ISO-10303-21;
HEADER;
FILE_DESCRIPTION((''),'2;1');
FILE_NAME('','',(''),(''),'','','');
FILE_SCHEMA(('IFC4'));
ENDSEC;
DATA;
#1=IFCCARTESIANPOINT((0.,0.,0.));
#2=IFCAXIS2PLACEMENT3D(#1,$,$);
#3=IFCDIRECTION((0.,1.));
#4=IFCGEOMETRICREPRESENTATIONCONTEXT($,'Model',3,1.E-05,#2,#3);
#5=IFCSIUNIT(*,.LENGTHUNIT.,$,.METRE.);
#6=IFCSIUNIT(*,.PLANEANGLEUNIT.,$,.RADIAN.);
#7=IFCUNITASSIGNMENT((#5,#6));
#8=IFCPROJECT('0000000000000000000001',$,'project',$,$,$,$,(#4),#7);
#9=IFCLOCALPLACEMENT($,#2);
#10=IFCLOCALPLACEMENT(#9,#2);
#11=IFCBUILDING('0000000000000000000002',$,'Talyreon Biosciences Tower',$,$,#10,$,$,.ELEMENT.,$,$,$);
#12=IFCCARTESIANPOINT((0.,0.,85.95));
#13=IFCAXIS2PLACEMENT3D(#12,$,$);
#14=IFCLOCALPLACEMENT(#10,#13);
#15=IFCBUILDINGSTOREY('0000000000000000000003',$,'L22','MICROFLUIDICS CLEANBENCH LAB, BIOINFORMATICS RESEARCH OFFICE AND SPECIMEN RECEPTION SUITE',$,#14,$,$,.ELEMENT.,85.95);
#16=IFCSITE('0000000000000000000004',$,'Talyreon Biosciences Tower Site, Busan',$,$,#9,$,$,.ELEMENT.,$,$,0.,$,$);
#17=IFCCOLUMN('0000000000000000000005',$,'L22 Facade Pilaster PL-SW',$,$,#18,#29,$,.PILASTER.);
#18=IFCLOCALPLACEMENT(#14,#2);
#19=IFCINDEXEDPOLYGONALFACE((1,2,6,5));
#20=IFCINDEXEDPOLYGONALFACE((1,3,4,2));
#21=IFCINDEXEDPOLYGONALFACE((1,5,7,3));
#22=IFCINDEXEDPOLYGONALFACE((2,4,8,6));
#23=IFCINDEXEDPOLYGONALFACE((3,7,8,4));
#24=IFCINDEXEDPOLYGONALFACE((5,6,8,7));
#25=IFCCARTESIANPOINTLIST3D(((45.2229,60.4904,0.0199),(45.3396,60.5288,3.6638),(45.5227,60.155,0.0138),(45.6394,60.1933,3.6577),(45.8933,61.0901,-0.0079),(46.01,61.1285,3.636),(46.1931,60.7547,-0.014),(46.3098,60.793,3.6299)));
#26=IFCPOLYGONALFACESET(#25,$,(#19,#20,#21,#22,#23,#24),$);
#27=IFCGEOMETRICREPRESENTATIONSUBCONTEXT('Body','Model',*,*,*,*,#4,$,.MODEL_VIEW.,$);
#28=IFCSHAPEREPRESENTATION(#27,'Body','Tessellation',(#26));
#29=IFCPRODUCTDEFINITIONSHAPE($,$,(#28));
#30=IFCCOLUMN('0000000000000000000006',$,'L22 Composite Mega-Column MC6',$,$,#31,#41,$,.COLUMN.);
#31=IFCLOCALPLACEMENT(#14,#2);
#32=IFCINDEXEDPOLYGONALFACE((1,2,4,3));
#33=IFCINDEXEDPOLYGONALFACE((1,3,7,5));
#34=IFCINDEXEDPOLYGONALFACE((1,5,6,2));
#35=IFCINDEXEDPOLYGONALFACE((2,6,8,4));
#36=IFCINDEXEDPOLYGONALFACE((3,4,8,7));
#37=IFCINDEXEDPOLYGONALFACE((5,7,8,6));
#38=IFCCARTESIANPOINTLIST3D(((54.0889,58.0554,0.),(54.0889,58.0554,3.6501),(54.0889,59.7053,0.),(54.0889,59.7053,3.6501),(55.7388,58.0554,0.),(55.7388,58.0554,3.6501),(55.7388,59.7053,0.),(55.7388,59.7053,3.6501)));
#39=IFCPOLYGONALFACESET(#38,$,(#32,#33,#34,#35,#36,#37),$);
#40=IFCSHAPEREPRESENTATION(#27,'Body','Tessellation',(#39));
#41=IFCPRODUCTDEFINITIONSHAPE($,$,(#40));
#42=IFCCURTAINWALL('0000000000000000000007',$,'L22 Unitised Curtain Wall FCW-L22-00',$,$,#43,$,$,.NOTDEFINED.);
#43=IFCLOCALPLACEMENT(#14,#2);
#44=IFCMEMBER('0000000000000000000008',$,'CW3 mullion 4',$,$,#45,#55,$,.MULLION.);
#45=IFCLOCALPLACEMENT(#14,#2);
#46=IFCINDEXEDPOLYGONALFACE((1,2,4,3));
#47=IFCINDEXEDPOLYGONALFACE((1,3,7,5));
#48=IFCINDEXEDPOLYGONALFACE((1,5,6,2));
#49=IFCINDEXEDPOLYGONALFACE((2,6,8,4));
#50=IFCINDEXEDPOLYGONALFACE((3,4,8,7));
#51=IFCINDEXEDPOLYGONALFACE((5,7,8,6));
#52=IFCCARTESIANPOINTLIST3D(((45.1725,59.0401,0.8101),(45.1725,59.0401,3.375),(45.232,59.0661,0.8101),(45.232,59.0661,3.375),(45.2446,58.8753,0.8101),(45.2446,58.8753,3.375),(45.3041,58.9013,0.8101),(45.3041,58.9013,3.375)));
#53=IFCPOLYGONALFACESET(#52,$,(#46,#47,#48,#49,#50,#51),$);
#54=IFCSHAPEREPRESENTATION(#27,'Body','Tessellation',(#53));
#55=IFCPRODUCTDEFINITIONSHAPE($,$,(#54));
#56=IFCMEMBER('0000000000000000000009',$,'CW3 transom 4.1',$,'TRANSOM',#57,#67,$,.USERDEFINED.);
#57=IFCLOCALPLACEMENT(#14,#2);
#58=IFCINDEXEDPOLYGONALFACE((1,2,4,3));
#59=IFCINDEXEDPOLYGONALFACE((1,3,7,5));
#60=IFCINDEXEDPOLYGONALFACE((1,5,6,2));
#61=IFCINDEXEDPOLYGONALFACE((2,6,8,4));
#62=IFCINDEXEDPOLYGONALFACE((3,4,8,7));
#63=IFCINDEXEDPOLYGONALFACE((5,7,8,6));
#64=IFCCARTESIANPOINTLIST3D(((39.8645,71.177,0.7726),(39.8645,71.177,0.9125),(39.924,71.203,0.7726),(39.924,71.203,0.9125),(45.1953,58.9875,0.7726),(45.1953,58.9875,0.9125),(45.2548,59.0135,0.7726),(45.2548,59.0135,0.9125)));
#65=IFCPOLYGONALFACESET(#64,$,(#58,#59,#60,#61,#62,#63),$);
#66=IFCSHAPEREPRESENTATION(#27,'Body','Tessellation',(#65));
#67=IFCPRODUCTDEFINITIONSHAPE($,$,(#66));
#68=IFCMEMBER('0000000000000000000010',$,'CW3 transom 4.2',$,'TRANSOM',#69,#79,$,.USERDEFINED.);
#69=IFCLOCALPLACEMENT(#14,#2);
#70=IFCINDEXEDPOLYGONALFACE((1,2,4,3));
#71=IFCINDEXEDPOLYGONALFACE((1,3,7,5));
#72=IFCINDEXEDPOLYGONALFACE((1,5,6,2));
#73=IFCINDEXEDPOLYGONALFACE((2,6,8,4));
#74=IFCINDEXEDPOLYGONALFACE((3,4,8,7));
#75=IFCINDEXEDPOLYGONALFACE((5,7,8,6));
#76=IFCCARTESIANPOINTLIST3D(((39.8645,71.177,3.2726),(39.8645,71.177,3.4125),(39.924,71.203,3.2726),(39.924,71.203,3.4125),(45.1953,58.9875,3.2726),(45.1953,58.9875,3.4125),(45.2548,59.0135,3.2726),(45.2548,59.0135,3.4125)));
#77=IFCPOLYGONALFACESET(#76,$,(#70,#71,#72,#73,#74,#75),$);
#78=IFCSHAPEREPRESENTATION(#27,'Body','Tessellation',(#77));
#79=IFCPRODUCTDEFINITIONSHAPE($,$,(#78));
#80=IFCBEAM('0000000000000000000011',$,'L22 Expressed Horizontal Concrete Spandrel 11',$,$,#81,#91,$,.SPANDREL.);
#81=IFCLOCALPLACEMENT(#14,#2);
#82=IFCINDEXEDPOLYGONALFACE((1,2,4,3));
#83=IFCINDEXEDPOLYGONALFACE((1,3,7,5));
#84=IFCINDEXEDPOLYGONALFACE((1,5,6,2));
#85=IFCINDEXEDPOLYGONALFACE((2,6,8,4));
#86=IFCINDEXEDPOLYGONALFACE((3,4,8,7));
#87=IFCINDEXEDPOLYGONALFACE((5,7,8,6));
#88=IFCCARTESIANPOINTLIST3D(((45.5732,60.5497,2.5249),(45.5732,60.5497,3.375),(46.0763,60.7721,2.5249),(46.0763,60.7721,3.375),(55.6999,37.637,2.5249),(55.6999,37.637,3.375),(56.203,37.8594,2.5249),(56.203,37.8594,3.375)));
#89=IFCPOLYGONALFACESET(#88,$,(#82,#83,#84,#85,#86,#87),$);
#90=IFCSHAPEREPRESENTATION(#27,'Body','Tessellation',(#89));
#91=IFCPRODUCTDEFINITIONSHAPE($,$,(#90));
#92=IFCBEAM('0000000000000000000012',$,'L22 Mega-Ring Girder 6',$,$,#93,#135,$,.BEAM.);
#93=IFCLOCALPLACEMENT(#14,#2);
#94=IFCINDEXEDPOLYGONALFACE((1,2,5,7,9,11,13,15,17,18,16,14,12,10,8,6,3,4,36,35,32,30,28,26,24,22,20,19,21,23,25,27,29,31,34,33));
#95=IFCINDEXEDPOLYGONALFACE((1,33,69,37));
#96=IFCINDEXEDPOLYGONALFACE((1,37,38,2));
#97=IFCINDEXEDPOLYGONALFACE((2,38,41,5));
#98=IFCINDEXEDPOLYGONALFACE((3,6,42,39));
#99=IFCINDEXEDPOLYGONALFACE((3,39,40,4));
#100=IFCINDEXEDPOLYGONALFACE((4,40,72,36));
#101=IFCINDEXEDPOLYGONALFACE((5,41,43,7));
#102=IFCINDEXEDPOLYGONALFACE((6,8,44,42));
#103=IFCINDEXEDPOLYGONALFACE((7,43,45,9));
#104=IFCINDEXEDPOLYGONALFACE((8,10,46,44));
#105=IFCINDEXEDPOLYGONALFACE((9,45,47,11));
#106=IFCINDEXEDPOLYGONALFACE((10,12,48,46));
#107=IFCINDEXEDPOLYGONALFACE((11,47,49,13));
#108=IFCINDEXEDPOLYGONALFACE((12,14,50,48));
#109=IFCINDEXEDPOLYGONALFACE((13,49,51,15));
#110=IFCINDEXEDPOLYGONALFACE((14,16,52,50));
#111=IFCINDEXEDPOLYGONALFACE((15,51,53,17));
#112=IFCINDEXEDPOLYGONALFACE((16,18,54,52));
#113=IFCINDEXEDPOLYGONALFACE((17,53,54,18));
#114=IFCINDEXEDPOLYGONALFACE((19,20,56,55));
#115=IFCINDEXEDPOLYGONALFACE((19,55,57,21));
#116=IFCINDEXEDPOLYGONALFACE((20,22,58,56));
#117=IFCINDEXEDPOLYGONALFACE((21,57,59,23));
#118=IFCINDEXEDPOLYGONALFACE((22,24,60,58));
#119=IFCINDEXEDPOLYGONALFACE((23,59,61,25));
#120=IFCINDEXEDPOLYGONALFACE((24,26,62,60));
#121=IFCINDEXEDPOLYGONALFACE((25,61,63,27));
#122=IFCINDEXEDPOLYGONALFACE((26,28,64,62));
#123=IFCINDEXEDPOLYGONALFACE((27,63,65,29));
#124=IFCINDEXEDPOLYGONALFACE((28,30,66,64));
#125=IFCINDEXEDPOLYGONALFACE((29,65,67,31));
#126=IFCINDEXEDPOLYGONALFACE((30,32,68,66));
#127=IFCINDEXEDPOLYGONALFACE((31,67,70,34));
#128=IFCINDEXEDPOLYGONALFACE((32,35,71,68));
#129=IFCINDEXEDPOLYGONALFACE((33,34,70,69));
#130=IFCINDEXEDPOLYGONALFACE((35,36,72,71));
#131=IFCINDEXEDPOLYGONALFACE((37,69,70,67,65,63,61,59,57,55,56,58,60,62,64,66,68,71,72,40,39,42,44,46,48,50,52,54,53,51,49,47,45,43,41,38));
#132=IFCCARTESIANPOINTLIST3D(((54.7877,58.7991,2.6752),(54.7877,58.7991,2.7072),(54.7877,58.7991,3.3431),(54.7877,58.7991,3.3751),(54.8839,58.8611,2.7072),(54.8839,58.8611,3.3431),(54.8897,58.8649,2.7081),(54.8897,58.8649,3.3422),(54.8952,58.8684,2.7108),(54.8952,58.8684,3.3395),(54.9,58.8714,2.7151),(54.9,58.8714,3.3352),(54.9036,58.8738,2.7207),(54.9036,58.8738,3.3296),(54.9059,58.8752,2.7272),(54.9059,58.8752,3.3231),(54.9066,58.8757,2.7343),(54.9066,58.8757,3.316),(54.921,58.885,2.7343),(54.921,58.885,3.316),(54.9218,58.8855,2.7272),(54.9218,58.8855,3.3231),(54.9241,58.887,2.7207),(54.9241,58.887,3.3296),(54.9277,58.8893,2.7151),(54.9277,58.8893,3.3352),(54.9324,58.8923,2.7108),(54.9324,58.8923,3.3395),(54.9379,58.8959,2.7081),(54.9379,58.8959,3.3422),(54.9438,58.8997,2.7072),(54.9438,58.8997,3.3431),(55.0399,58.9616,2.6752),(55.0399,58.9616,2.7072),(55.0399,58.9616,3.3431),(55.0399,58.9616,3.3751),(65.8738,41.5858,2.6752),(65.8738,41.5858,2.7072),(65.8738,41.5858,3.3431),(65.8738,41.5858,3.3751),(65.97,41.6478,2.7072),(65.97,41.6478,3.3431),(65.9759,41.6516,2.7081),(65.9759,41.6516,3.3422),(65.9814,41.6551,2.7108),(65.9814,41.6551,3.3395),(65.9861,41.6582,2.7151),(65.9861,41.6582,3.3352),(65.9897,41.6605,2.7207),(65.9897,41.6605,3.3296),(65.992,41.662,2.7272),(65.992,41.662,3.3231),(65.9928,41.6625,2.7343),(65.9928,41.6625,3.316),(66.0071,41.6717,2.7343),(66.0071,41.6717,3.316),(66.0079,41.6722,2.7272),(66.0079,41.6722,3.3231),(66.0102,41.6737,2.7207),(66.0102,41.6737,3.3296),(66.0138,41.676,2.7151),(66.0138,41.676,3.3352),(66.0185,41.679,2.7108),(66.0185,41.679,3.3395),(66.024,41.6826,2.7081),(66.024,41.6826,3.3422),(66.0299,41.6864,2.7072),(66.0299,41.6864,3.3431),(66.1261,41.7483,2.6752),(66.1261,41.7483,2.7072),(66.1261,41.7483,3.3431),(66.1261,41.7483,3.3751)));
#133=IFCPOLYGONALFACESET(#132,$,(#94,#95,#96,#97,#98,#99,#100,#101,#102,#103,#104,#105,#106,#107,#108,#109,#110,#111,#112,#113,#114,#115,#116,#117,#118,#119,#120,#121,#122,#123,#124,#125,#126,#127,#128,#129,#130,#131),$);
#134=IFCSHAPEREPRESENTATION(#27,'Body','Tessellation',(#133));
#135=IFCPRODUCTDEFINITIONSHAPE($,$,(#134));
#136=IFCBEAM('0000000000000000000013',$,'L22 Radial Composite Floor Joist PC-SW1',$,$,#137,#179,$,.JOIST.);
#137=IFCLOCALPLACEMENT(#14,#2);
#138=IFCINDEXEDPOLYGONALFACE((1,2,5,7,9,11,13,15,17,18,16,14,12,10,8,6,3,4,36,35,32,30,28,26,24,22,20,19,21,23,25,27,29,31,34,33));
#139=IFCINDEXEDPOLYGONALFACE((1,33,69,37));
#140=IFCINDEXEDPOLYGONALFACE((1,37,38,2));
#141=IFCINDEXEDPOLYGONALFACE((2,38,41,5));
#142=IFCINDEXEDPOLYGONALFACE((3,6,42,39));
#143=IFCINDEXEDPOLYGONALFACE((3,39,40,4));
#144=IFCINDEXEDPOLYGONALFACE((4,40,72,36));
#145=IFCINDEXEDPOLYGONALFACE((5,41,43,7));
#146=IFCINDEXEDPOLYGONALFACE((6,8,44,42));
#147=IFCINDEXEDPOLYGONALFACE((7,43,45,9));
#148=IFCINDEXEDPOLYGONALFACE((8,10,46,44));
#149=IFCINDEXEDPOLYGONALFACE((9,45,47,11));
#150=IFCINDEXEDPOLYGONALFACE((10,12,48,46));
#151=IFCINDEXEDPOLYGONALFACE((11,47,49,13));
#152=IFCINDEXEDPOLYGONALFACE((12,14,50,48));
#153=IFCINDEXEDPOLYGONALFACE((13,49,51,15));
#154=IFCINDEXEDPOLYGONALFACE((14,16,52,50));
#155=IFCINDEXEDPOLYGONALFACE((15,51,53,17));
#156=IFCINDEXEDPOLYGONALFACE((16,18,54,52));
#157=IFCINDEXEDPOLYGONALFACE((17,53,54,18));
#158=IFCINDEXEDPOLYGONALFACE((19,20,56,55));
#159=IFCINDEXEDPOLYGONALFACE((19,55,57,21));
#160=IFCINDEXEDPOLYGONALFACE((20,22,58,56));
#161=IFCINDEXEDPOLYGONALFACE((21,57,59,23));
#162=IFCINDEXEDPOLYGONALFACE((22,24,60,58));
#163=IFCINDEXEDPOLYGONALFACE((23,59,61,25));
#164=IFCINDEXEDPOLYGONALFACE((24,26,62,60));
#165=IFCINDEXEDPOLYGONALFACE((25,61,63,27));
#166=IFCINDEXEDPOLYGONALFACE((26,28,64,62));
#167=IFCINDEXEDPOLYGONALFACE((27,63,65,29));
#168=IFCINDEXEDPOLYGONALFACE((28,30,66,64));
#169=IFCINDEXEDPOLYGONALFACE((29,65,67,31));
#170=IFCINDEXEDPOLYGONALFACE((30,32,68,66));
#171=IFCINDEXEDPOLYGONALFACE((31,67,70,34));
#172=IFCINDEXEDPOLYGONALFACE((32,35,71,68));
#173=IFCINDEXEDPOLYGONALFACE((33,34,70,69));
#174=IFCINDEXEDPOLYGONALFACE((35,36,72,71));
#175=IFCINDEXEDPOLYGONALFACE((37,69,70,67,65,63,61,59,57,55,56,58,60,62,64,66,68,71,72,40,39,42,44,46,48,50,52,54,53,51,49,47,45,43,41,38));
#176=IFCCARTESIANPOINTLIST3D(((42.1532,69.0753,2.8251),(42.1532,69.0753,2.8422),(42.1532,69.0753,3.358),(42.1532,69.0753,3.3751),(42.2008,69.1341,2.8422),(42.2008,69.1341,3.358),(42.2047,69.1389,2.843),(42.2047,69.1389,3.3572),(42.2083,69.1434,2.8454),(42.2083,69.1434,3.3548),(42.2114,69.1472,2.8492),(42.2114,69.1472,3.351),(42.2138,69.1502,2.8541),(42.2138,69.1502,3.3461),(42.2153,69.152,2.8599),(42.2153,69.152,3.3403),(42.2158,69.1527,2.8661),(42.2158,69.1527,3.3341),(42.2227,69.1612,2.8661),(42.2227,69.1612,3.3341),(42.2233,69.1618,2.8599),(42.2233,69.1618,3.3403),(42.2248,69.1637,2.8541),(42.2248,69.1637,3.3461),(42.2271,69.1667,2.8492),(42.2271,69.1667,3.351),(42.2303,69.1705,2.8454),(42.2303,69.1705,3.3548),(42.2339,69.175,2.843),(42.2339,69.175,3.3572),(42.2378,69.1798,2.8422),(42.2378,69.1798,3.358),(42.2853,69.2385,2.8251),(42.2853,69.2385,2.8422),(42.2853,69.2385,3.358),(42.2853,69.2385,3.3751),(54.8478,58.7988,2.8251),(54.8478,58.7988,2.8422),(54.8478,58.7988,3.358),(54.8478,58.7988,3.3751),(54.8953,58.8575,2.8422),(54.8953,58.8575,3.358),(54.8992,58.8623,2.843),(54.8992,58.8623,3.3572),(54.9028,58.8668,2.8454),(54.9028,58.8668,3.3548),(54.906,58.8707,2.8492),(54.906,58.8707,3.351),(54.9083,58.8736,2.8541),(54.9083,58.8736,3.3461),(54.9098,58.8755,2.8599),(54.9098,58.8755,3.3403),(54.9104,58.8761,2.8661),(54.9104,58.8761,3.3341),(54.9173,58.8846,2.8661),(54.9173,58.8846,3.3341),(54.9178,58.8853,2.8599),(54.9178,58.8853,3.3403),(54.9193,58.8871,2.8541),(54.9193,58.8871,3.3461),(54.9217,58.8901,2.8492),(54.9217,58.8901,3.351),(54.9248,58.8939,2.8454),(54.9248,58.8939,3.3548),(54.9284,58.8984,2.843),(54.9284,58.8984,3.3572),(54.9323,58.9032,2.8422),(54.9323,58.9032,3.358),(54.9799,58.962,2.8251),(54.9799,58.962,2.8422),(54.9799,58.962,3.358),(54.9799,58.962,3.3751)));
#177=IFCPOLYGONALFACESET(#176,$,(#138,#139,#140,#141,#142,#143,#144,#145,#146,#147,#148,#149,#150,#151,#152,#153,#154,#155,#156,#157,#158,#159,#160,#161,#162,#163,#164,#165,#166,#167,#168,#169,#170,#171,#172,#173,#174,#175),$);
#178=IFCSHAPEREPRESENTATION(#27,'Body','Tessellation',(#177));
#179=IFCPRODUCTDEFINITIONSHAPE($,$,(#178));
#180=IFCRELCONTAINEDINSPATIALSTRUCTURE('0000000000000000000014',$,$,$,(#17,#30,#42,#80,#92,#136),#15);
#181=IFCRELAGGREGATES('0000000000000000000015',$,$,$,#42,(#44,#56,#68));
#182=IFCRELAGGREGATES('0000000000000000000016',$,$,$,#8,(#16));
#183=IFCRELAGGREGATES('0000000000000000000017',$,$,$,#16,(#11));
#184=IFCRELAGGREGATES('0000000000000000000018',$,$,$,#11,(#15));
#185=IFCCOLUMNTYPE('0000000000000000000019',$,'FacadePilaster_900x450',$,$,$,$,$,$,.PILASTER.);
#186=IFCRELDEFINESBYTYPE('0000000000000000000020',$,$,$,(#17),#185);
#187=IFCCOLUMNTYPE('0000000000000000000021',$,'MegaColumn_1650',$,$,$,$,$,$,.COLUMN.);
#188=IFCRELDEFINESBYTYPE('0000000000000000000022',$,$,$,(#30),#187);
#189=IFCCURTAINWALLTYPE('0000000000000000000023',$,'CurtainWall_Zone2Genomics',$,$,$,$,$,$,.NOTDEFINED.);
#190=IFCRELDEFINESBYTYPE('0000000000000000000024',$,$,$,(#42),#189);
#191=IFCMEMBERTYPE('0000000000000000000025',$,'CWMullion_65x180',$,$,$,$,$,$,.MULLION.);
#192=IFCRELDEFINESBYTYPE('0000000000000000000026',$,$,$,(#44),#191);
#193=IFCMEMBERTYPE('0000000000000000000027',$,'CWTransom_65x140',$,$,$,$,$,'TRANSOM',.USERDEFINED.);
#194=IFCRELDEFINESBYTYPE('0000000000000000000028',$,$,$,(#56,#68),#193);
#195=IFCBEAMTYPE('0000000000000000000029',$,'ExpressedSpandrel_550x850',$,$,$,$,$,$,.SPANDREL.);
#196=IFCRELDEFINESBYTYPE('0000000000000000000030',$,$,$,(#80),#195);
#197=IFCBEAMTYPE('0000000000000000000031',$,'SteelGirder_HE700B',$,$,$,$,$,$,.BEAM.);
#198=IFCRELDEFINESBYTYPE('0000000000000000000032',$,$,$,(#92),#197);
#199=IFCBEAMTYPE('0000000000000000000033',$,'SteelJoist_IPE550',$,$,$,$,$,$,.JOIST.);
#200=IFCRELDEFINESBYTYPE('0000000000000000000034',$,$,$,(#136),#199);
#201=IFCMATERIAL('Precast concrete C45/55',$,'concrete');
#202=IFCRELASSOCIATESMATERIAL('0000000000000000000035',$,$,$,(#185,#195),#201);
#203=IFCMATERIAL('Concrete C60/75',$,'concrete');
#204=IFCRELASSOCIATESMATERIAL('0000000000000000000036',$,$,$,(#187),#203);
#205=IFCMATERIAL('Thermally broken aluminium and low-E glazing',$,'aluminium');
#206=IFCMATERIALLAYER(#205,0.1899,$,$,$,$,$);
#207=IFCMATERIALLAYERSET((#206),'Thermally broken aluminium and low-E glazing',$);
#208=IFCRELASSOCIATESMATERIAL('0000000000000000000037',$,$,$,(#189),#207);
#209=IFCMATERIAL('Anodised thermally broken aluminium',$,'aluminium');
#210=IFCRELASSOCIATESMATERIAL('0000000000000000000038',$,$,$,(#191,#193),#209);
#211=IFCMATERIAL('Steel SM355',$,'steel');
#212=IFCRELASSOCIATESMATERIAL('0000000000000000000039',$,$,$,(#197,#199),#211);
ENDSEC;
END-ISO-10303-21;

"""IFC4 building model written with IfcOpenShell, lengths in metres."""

from ifc_helpers import new_model, si_unit, direction, frame, origin, origin_2d, place, context, subcontext, project, spatial, rectangle, i_section, extrude, material, layer, layer_set, material_profile, profile_set, type_object, element, aggregate, save


model = new_model("IFC4")

# Units and contexts
model_context = context("Model", 3, precision=1e-05, world=origin(), true_north=direction((0.0, 1.0)))
body_context = subcontext(model_context, "Body", "Model", "MODEL_VIEW")
ifc_project = project(units=[si_unit("LENGTHUNIT", "METRE"), si_unit("PLANEANGLEUNIT", "RADIAN")], contexts=[model_context])

# Site, building, storey
site_placement = place(None, origin())
site = spatial("IfcSite", under=ifc_project, at=site_placement, Name="Talyreon Biosciences Tower Site, Busan", CompositionType="ELEMENT", RefElevation=0.0)
building_placement = place(site_placement, origin())
building = spatial("IfcBuilding", under=site, at=building_placement, Name="Talyreon Biosciences Tower", CompositionType="ELEMENT")
storey_placement = place(building_placement, frame((0.0, 0.0, 85.95)))
storey = spatial("IfcBuildingStorey", under=building, at=storey_placement, Name="L22", Description="MICROFLUIDICS CLEANBENCH LAB, BIOINFORMATICS RESEARCH OFFICE AND SPECIMEN RECEPTION SUITE", CompositionType="ELEMENT", Elevation=85.95)

# Columns
ifc_material_1 = material(Name="Precast concrete C45/55", Category="concrete")
ifc_material_profile_1 = material_profile(ifc_material_1, rectangle(XDim=0.8999, YDim=0.45, at=origin_2d()), Name="RC 900x450")
ifc_profile_set_1 = profile_set([ifc_material_profile_1], Name="Precast concrete C45/55")
column_type_1 = type_object("IfcColumnType", Name="FacadePilaster_900x450", PredefinedType="PILASTER", material=ifc_profile_set_1)
column_1_placement = place(storey_placement, frame((45.708, 60.6226, 0.0029), z_axis=(0.032006, 0.010513, 0.999432), x_axis=(0.744972, 0.666381, -0.030867)))
element("IfcColumn", 1, at=column_1_placement, inside=storey, type_object=column_type_1, Name="L22 Facade Pilaster PL-SW", PredefinedType="PILASTER", context=body_context, shape_type="SweptSolid", body=[
    extrude(rectangle(XDim=0.8999, YDim=0.45, at=origin_2d()), origin(), (0.0, 0.0, 1.0), 3.646),
])
ifc_material_2 = material(Name="Concrete C60/75", Category="concrete")
ifc_material_profile_2 = material_profile(ifc_material_2, rectangle(XDim=1.6499, YDim=1.6499, at=origin_2d()), Name="RC 1650x1650")
ifc_profile_set_2 = profile_set([ifc_material_profile_2], Name="Concrete C60/75")
column_type_2 = type_object("IfcColumnType", Name="MegaColumn_1650", PredefinedType="COLUMN", material=ifc_profile_set_2)
column_2_placement = place(storey_placement, frame((54.9138, 58.8804, 0.0), z_axis=(0.0, 0.0, 1.0), x_axis=(1.0, 0.0, 0.0)))
element("IfcColumn", 2, at=column_2_placement, inside=storey, type_object=column_type_2, Name="L22 Composite Mega-Column MC6", PredefinedType="COLUMN", context=body_context, shape_type="SweptSolid", body=[
    extrude(rectangle(XDim=1.6499, YDim=1.6499, at=origin_2d()), origin(), (0.0, 0.0, 1.0), 3.6501),
])

# Curtain wall, members
ifc_material_3 = material(Name="Thermally broken aluminium and low-E glazing", Category="aluminium")
ifc_layer_1 = layer(ifc_material_3, 0.1899)
ifc_layer_set_1 = layer_set([ifc_layer_1], Name="Thermally broken aluminium and low-E glazing")
curtain_wall_type = type_object("IfcCurtainWallType", Name="CurtainWall_Zone2Genomics", PredefinedType="NOTDEFINED", material=ifc_layer_set_1)
curtain_wall_placement = place(storey_placement, origin())
curtain_wall = element("IfcCurtainWall", 3, at=curtain_wall_placement, inside=storey, type_object=curtain_wall_type, Name="L22 Unitised Curtain Wall FCW-L22-00", PredefinedType="NOTDEFINED")
ifc_material_4 = material(Name="Anodised thermally broken aluminium", Category="aluminium")
ifc_material_profile_3 = material_profile(ifc_material_4, rectangle(XDim=0.0649, YDim=0.1799, at=origin_2d()), Name="ALUM MULLION 65x180")
ifc_profile_set_3 = profile_set([ifc_material_profile_3], Name="Anodised thermally broken aluminium")
member_type_1 = type_object("IfcMemberType", Name="CWMullion_65x180", PredefinedType="MULLION", material=ifc_profile_set_3)
member_1_placement = place(storey_placement, frame((45.2383, 58.9707, 0.8101), z_axis=(0.0, 0.0, 1.0), x_axis=(-0.916214, -0.400689, 0.0)))
member_1 = element("IfcMember", 4, at=member_1_placement, type_object=member_type_1, Name="CW3 mullion 4", PredefinedType="MULLION", context=body_context, shape_type="SweptSolid", body=[
    extrude(rectangle(XDim=0.0649, YDim=0.1799, at=origin_2d()), origin(), (0.0, 0.0, 1.0), 2.5649),
])
ifc_material_profile_4 = material_profile(ifc_material_4, rectangle(XDim=0.0649, YDim=0.1399, at=origin_2d()), Name="ALUM TRANSOM 65x140")
ifc_profile_set_4 = profile_set([ifc_material_profile_4], Name="Anodised thermally broken aluminium")
member_type_2 = type_object("IfcMemberType", Name="CWTransom_65x140", ElementType="TRANSOM", PredefinedType="USERDEFINED", material=ifc_profile_set_4)
member_2_placement = place(storey_placement, frame((45.2251, 59.0005, 0.8425), z_axis=(-0.400688, 0.916215, 0.0), x_axis=(-0.916215, -0.400688, 0.0)))
member_2 = element("IfcMember", 5, at=member_2_placement, type_object=member_type_2, Name="CW3 transom 4.1", ObjectType="TRANSOM", PredefinedType="USERDEFINED", context=body_context, shape_type="SweptSolid", body=[
    extrude(rectangle(XDim=0.0649, YDim=0.1399, at=origin_2d()), origin(), (0.0, 0.0, 1.0), 13.3042),
])
member_3_placement = place(storey_placement, frame((45.2251, 59.0005, 3.3425), z_axis=(-0.400688, 0.916215, 0.0), x_axis=(-0.916215, -0.400688, 0.0)))
member_3 = element("IfcMember", 6, at=member_3_placement, type_object=member_type_2, Name="CW3 transom 4.2", ObjectType="TRANSOM", PredefinedType="USERDEFINED", context=body_context, shape_type="SweptSolid", body=[
    extrude(rectangle(XDim=0.0649, YDim=0.1399, at=origin_2d()), origin(), (0.0, 0.0, 1.0), 13.3042),
])

# Beams
ifc_material_profile_5 = material_profile(ifc_material_1, rectangle(XDim=0.55, YDim=0.8501, at=origin_2d()), Name="RCB 550x850")
ifc_profile_set_5 = profile_set([ifc_material_profile_5], Name="Precast concrete C45/55")
beam_type_1 = type_object("IfcBeamType", Name="ExpressedSpandrel_550x850", PredefinedType="SPANDREL", material=ifc_profile_set_5)
beam_1_placement = place(storey_placement, frame((45.8247, 60.6609, 2.95), z_axis=(0.404249, -0.914649, 0.0), x_axis=(0.914649, 0.404249, 0.0)))
element("IfcBeam", 7, at=beam_1_placement, inside=storey, type_object=beam_type_1, Name="L22 Expressed Horizontal Concrete Spandrel 11", PredefinedType="SPANDREL", context=body_context, shape_type="SweptSolid", body=[
    extrude(rectangle(XDim=0.55, YDim=0.8501, at=origin_2d()), origin(), (0.0, 0.0, 1.0), 25.0508),
])
ifc_material_5 = material(Name="Steel SM355", Category="steel")
ifc_material_profile_6 = material_profile(ifc_material_5, i_section(OverallWidth=0.3, OverallDepth=0.7, WebThickness=0.0171, FlangeThickness=0.032, FilletRadius=0.0271, at=origin_2d()), Name="HE700B")
ifc_profile_set_6 = profile_set([ifc_material_profile_6], Name="Steel SM355")
beam_type_2 = type_object("IfcBeamType", Name="SteelGirder_HE700B", PredefinedType="BEAM", material=ifc_profile_set_6)
beam_2_placement = place(storey_placement, frame((54.9138, 58.8804, 3.0251), z_axis=(0.541464, -0.840724, 0.0), x_axis=(0.840724, 0.541464, 0.0)))
element("IfcBeam", 8, at=beam_2_placement, inside=storey, type_object=beam_type_2, Name="L22 Mega-Ring Girder 6", PredefinedType="BEAM", context=body_context, shape_type="SweptSolid", body=[
    extrude(i_section(OverallWidth=0.3, OverallDepth=0.7, WebThickness=0.0171, FlangeThickness=0.032, FilletRadius=0.0271, at=origin_2d()), origin(), (0.0, 0.0, 1.0), 20.4744),
])
ifc_material_profile_7 = material_profile(ifc_material_5, i_section(OverallWidth=0.21, OverallDepth=0.55, WebThickness=0.011, FlangeThickness=0.0171, FilletRadius=0.0239, at=origin_2d()), Name="IPE550")
ifc_profile_set_7 = profile_set([ifc_material_profile_7], Name="Steel SM355")
beam_type_3 = type_object("IfcBeamType", Name="SteelJoist_IPE550", PredefinedType="JOIST", material=ifc_profile_set_7)
beam_3_placement = place(storey_placement, frame((54.9138, 58.8804, 3.1001), z_axis=(-0.777243, 0.6292, 0.0), x_axis=(-0.6292, -0.777243, 0.0)))
element("IfcBeam", 9, at=beam_3_placement, inside=storey, type_object=beam_type_3, Name="L22 Radial Composite Floor Joist PC-SW1", PredefinedType="JOIST", context=body_context, shape_type="SweptSolid", body=[
    extrude(i_section(OverallWidth=0.21, OverallDepth=0.55, WebThickness=0.011, FlangeThickness=0.0171, FilletRadius=0.0239, at=origin_2d()), origin(), (0.0, 0.0, 1.0), 16.3328),
])

aggregate(curtain_wall, [member_1, member_2, member_3])

save(model, "model.ifc")
